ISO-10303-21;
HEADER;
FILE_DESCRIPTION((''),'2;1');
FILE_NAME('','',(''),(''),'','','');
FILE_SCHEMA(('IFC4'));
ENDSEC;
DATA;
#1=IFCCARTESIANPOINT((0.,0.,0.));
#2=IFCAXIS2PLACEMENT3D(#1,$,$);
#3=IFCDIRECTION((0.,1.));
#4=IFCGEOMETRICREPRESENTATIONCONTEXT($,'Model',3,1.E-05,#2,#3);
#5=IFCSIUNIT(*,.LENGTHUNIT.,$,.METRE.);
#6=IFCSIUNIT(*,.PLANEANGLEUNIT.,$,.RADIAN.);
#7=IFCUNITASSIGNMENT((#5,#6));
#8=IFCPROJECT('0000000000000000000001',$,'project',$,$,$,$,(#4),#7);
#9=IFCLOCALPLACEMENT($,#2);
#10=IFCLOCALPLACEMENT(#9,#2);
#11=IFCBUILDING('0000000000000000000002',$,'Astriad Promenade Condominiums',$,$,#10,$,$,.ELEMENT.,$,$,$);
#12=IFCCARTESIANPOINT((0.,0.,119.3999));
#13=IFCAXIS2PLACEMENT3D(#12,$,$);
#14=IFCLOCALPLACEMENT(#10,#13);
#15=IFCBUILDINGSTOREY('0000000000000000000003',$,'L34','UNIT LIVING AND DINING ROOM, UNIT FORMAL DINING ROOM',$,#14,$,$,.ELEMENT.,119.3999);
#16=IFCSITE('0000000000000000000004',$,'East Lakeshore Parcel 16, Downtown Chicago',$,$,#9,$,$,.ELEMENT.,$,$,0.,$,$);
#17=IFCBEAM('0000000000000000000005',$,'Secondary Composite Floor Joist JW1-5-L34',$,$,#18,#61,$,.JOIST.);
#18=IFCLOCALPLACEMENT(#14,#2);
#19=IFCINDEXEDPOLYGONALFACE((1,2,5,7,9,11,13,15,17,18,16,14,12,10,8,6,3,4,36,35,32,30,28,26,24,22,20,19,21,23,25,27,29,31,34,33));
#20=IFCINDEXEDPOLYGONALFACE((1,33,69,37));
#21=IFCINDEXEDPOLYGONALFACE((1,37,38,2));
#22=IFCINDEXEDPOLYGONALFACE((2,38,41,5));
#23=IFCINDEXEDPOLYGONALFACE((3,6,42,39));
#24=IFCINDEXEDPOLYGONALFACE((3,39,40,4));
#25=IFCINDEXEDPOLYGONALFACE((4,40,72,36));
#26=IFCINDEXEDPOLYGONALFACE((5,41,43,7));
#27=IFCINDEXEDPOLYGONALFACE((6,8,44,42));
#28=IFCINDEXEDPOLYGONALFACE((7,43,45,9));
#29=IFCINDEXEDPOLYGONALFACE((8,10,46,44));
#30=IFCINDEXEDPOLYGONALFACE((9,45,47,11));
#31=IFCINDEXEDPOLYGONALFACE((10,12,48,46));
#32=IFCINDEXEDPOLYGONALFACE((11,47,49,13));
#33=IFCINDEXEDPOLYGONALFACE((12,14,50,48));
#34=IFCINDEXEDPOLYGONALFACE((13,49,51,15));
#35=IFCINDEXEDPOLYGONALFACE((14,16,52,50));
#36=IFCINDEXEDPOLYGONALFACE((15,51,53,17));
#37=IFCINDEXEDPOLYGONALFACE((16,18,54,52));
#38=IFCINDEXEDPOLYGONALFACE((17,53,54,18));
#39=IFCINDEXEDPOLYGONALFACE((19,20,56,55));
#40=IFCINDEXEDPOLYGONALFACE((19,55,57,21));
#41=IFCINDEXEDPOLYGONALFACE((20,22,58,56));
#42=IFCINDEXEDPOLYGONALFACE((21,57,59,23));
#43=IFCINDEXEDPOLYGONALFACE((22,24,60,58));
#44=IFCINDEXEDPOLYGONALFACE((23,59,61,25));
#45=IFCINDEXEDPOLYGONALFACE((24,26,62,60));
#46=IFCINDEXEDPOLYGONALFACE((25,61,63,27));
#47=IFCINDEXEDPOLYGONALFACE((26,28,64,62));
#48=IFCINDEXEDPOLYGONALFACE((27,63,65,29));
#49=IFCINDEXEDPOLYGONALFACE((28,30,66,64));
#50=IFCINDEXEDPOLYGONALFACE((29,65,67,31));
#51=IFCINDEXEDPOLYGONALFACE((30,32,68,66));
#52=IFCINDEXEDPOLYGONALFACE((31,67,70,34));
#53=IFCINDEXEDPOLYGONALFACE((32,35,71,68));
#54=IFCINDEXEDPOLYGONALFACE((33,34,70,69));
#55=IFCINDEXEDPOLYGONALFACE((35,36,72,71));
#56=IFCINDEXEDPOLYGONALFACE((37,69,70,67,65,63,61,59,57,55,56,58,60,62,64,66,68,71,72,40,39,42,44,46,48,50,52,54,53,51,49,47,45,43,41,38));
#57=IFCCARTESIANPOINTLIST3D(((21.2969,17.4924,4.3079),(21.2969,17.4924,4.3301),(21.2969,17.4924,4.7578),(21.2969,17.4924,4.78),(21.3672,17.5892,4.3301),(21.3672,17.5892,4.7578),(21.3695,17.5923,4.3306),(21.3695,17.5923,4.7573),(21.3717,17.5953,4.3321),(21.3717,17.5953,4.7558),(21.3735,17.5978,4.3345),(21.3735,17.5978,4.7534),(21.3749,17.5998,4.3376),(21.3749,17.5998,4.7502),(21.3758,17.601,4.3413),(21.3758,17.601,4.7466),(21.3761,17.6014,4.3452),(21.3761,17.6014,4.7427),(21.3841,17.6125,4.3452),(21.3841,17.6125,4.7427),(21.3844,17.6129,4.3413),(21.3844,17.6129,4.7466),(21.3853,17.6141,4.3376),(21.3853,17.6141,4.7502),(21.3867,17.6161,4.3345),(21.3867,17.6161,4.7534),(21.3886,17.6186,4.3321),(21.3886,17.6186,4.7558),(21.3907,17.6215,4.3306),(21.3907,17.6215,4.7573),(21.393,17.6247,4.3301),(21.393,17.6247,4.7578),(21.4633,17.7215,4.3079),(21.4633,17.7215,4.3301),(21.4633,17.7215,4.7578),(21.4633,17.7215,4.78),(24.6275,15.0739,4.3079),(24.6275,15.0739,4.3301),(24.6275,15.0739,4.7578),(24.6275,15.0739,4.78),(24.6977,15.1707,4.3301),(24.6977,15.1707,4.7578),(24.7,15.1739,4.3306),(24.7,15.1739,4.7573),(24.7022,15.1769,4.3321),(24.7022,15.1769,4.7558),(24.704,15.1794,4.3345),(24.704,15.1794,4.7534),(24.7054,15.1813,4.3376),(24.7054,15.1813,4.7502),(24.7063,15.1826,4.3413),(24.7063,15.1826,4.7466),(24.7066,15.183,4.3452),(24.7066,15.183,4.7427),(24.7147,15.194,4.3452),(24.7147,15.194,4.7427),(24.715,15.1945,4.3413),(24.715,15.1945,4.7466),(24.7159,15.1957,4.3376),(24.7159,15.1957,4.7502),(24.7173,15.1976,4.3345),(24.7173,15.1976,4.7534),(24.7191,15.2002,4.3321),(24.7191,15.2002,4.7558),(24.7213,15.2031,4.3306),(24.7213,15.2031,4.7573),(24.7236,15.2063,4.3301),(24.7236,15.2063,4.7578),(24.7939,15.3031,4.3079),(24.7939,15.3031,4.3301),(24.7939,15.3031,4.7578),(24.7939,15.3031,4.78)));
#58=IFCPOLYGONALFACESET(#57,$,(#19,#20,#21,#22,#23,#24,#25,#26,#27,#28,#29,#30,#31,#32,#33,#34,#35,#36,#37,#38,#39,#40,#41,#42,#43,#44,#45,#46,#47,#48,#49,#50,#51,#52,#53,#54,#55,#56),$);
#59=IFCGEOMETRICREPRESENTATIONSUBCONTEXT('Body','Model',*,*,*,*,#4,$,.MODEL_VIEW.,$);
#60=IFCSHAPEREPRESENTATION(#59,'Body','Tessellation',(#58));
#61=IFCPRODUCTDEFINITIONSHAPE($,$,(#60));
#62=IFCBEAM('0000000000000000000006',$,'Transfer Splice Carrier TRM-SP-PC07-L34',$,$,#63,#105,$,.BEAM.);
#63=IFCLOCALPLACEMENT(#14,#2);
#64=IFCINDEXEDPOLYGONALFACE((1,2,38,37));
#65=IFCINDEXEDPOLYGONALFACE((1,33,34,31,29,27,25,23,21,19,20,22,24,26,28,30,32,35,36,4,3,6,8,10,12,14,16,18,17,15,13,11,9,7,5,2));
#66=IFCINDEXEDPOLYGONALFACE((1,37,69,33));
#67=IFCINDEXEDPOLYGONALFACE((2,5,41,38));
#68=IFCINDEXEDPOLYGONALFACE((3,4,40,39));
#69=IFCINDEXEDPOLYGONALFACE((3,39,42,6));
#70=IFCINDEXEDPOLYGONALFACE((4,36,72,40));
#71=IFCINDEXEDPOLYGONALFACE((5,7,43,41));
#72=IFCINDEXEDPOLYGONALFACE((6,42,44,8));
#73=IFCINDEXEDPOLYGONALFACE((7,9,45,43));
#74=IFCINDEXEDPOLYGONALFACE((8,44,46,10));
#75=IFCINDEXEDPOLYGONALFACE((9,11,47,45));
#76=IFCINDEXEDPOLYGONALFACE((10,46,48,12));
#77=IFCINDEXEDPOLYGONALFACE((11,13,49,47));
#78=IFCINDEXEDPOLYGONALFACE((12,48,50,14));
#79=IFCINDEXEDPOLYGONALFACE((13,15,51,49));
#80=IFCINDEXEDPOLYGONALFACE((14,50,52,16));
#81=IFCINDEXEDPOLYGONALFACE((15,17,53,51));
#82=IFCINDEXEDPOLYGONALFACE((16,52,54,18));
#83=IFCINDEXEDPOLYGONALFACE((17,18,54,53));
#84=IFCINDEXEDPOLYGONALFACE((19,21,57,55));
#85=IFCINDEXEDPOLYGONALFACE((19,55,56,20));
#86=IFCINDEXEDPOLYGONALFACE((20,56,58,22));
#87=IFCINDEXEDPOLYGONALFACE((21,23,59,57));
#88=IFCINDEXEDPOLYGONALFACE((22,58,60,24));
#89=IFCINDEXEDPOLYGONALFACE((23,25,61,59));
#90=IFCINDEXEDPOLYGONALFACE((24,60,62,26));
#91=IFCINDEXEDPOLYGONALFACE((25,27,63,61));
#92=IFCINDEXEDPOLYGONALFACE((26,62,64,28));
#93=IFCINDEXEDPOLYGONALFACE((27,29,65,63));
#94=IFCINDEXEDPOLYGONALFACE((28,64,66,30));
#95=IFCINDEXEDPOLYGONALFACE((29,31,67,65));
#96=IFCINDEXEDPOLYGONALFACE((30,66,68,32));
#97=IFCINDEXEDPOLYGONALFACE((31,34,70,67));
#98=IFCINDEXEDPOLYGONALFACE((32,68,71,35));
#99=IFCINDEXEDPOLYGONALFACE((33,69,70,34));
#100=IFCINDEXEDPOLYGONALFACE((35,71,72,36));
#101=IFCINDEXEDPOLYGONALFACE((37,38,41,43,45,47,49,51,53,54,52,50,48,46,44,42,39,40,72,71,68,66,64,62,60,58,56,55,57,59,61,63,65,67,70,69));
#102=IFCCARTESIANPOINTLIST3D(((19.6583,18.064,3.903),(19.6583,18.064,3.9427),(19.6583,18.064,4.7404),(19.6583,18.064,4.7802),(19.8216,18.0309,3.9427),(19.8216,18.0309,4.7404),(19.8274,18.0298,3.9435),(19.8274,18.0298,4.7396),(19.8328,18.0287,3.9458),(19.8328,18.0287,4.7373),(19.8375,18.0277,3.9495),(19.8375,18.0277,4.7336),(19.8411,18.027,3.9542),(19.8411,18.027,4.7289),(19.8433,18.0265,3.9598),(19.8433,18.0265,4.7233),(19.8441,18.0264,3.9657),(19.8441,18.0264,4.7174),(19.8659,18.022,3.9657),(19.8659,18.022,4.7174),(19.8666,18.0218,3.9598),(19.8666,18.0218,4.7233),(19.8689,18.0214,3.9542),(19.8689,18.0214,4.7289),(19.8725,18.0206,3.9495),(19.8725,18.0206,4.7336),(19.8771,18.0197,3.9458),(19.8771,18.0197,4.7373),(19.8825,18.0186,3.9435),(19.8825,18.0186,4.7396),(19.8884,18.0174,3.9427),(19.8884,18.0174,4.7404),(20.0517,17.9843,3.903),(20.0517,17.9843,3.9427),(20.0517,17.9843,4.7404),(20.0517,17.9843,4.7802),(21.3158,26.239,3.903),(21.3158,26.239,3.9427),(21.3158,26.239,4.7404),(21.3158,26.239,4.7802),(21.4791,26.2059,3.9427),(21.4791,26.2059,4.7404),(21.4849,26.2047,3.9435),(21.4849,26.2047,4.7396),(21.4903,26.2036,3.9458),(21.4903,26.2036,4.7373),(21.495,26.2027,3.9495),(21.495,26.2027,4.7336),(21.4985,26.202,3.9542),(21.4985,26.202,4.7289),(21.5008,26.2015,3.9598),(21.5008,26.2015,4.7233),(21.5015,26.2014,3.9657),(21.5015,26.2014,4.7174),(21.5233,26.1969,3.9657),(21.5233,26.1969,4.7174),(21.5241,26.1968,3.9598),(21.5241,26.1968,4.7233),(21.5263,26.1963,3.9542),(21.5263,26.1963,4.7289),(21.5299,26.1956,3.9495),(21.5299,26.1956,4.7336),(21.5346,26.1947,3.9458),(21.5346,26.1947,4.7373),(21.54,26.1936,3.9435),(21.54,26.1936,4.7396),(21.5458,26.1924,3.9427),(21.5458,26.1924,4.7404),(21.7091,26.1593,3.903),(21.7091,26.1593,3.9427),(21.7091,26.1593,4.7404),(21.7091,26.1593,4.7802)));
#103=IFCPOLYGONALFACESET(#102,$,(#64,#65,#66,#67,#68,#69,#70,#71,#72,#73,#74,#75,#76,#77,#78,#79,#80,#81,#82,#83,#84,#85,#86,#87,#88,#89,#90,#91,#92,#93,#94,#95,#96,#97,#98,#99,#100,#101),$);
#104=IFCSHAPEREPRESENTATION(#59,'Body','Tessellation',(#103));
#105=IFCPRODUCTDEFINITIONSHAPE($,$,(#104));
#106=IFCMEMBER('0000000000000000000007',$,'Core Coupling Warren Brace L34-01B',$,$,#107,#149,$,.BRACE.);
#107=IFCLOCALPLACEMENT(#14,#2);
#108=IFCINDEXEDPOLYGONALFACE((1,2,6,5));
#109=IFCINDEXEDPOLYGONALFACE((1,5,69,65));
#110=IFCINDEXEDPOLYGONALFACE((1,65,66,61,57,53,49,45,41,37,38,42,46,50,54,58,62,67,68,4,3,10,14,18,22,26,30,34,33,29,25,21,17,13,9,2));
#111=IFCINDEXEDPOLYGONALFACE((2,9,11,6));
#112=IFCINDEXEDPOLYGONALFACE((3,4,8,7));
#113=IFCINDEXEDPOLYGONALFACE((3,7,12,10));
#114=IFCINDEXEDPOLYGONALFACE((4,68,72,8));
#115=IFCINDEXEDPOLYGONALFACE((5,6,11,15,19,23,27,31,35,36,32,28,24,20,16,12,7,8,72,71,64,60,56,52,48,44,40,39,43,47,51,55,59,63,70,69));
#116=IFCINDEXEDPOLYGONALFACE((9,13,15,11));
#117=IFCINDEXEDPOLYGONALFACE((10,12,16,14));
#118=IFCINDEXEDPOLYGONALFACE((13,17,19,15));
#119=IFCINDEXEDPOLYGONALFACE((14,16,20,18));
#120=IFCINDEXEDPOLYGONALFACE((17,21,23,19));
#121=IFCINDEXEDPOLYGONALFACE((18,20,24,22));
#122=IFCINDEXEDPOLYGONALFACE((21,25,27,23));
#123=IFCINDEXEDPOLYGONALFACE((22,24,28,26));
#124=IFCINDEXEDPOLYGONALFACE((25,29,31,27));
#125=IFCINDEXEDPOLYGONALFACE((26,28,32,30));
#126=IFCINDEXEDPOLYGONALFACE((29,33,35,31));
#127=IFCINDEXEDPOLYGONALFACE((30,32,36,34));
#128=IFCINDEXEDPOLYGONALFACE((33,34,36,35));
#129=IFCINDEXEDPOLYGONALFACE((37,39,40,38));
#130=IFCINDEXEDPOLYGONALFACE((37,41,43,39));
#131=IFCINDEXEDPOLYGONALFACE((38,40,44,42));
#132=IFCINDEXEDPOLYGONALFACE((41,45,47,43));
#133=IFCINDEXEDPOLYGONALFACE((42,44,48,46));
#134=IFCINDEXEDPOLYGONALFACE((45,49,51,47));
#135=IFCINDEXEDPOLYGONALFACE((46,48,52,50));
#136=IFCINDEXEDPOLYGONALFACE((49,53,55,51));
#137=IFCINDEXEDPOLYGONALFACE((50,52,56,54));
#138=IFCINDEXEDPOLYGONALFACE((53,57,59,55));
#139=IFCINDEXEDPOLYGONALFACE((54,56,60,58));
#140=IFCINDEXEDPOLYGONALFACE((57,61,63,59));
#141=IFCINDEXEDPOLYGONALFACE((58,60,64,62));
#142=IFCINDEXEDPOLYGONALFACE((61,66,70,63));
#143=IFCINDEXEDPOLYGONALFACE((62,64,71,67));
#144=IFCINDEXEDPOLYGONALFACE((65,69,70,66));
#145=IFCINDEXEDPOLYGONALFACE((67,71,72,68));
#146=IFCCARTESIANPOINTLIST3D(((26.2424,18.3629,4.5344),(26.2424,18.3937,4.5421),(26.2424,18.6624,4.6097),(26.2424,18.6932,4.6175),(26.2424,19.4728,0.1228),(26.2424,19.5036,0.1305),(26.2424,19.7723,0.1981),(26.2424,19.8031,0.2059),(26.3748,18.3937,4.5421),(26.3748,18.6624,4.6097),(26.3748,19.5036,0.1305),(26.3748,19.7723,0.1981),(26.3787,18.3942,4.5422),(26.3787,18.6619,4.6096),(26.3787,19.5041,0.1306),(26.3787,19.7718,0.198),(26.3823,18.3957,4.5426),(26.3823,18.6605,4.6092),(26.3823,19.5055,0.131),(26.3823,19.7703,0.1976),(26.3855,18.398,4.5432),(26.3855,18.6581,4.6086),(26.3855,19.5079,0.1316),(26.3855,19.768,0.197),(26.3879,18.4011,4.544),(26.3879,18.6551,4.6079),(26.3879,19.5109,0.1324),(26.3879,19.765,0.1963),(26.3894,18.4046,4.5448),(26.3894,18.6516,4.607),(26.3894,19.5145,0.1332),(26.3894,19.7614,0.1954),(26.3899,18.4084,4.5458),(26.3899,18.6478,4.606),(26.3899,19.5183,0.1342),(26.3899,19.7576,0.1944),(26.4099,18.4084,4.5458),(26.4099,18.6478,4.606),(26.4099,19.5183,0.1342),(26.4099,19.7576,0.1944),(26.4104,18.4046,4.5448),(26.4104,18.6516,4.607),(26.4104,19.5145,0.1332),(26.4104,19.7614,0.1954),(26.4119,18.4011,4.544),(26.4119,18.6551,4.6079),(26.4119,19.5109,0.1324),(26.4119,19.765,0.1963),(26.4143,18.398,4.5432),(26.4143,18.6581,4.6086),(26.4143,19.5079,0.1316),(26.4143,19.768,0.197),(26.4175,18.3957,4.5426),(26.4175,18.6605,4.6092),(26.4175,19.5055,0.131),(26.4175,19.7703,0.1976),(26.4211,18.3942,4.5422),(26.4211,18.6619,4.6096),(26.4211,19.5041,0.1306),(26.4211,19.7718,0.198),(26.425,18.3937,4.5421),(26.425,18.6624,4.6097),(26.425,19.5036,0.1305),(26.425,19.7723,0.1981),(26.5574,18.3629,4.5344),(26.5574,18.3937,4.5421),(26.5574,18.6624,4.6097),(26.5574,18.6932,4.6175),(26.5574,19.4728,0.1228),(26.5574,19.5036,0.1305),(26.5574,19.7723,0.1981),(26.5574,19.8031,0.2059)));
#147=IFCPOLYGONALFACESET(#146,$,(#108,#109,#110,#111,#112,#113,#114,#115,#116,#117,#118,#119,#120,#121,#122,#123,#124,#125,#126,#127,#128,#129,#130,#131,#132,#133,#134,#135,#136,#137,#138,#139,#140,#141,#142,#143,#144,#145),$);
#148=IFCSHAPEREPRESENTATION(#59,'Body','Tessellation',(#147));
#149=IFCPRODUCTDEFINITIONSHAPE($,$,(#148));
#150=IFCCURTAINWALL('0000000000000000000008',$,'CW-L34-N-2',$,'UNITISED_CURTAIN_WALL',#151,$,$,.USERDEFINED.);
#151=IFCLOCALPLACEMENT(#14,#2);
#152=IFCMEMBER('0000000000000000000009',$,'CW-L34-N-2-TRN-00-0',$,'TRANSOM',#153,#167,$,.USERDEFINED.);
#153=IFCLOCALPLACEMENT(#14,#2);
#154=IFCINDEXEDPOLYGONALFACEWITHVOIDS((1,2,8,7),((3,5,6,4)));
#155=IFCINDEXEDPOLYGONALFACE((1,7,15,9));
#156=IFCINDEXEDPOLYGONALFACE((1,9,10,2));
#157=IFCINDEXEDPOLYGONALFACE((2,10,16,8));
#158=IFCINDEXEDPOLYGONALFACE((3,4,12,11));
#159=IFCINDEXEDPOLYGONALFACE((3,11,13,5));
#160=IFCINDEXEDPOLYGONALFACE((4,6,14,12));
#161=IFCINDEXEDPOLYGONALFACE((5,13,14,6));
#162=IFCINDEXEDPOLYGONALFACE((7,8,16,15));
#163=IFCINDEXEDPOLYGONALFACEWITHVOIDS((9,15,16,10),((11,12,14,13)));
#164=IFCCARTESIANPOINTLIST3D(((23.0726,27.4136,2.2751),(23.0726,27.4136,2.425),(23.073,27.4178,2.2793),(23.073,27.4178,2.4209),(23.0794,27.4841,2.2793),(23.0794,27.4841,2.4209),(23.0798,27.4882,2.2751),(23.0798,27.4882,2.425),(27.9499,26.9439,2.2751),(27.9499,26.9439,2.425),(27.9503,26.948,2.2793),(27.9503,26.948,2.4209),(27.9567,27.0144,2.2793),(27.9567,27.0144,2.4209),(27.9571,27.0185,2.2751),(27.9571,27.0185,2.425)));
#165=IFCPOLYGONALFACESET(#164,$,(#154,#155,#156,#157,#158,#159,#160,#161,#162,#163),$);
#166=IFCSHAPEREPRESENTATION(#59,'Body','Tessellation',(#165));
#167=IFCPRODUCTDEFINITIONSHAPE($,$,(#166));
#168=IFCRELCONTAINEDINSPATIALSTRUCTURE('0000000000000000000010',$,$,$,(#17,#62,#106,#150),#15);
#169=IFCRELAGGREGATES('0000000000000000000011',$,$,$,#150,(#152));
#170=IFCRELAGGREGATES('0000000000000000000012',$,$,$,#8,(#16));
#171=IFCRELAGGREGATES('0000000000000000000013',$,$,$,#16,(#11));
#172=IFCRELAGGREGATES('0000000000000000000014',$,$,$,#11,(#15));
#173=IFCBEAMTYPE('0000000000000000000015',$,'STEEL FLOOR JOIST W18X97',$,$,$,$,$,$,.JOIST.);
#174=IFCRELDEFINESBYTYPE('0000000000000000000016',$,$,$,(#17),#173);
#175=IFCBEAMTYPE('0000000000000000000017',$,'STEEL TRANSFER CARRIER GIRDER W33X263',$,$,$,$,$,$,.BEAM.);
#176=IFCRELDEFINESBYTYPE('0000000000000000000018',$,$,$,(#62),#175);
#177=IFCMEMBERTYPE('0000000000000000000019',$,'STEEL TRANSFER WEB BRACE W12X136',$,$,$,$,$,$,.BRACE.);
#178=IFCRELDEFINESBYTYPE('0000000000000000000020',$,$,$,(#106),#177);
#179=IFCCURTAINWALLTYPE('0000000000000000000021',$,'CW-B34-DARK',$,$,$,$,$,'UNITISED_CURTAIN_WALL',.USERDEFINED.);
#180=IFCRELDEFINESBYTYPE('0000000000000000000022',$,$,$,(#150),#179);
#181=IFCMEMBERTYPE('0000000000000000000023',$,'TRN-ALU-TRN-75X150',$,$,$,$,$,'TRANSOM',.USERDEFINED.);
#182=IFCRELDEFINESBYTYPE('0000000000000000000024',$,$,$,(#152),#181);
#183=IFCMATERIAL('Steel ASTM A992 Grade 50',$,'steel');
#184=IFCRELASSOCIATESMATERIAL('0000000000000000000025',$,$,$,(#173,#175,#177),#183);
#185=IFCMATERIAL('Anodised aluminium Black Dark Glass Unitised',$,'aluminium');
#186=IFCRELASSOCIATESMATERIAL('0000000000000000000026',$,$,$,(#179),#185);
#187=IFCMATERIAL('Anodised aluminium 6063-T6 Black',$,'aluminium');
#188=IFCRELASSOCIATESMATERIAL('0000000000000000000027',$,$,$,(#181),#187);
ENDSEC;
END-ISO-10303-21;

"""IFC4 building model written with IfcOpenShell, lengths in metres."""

from ifc_helpers import new_model, si_unit, direction, frame, origin, origin_2d, place, context, subcontext, project, spatial, hollow_rectangle, i_section, extrude, source, transform, mapped, material, material_profile, profile_set, type_object, type_shapes, element, aggregate, save


model = new_model("IFC4")

# Units and contexts
model_context = context("Model", 3, precision=1e-05, world=origin(), true_north=direction((0.0, 1.0)))
body_context = subcontext(model_context, "Body", "Model", "MODEL_VIEW")
ifc_project = project(units=[si_unit("LENGTHUNIT", "METRE"), si_unit("PLANEANGLEUNIT", "RADIAN")], contexts=[model_context])

# Site, building, storey
site_placement = place(None, origin())
site = spatial("IfcSite", under=ifc_project, at=site_placement, Name="East Lakeshore Parcel 16, Downtown Chicago", CompositionType="ELEMENT", RefElevation=0.0)
building_placement = place(site_placement, origin())
building = spatial("IfcBuilding", under=site, at=building_placement, Name="Astriad Promenade Condominiums", CompositionType="ELEMENT")
storey_placement = place(building_placement, frame((0.0, 0.0, 119.3999)))
storey = spatial("IfcBuildingStorey", under=building, at=storey_placement, Name="L34", Description="UNIT LIVING AND DINING ROOM, UNIT FORMAL DINING ROOM", CompositionType="ELEMENT", Elevation=119.3999)

# Shared definitions
ifc_material_1 = material(Name="Steel ASTM A992 Grade 50", Category="steel")

# Beams
ifc_material_profile_1 = material_profile(ifc_material_1, i_section(OverallWidth=0.2832, OverallDepth=0.4722, WebThickness=0.0137, FlangeThickness=0.0222, FilletRadius=0.0151, at=origin_2d()), Name="W18X97")
ifc_profile_set_1 = profile_set([ifc_material_profile_1], Name="Steel ASTM A992 Grade 50")
beam_type_1 = type_object("IfcBeamType", Name="STEEL FLOOR JOIST W18X97", PredefinedType="JOIST", material=ifc_profile_set_1)
shared_shape_1 = source(origin(), body_context, "Body", "SweptSolid", [
    extrude(i_section(OverallWidth=0.2832, OverallDepth=0.4722, WebThickness=0.0137, FlangeThickness=0.0222, FilletRadius=0.0151, at=origin_2d()), origin(), (0.0, 0.0, 1.0), 4.116),
])
type_shapes(beam_type_1, [shared_shape_1])
beam_1_placement = place(storey_placement, frame((21.3801, 17.6069, 4.5439), z_axis=(0.809172, -0.587572, 0.0), x_axis=(0.587572, 0.809172, 0.0)))
element("IfcBeam", 1, at=beam_1_placement, inside=storey, type_object=beam_type_1, Name="Secondary Composite Floor Joist JW1-5-L34", PredefinedType="JOIST", context=body_context, shape_type="MappedRepresentation", body=[
    mapped(shared_shape_1, transform((0.0, 0.0, 0.0), scale=1.0)),
])
ifc_material_profile_2 = material_profile(ifc_material_1, i_section(OverallWidth=0.4014, OverallDepth=0.8772, WebThickness=0.0222, FlangeThickness=0.0398, FilletRadius=0.0229, at=origin_2d()), Name="W33X263")
ifc_profile_set_2 = profile_set([ifc_material_profile_2], Name="Steel ASTM A992 Grade 50")
beam_type_2 = type_object("IfcBeamType", Name="STEEL TRANSFER CARRIER GIRDER W33X263", PredefinedType="BEAM", material=ifc_profile_set_2)
shared_shape_2 = source(origin(), body_context, "Body", "SweptSolid", [
    extrude(i_section(OverallWidth=0.4014, OverallDepth=0.8772, WebThickness=0.0222, FlangeThickness=0.0398, FilletRadius=0.0229, at=origin_2d()), origin(), (0.0, 0.0, 1.0), 8.3413),
])
type_shapes(beam_type_2, [shared_shape_2])
beam_2_placement = place(storey_placement, frame((19.855, 18.0242, 4.3416), z_axis=(0.198705, 0.980059, 0.0), x_axis=(-0.980059, 0.198705, 0.0)))
element("IfcBeam", 2, at=beam_2_placement, inside=storey, type_object=beam_type_2, Name="Transfer Splice Carrier TRM-SP-PC07-L34", PredefinedType="BEAM", context=body_context, shape_type="MappedRepresentation", body=[
    mapped(shared_shape_2, transform((0.0, 0.0, 0.0), scale=1.0)),
])

# Member
ifc_material_profile_3 = material_profile(ifc_material_1, i_section(OverallWidth=0.3149, OverallDepth=0.3406, WebThickness=0.02, FlangeThickness=0.0317, FilletRadius=0.0151, at=origin_2d()), Name="W12X136")
ifc_profile_set_3 = profile_set([ifc_material_profile_3], Name="Steel ASTM A992 Grade 50")
member_type_1 = type_object("IfcMemberType", Name="STEEL TRANSFER WEB BRACE W12X136", PredefinedType="BRACE", material=ifc_profile_set_3)
shared_shape_3 = source(origin(), body_context, "Body", "SweptSolid", [
    extrude(i_section(OverallWidth=0.3149, OverallDepth=0.3406, WebThickness=0.02, FlangeThickness=0.0317, FilletRadius=0.0151, at=origin_2d()), origin(), (0.0, 0.0, 1.0), 4.5491),
])
type_shapes(member_type_1, [shared_shape_3])
member_1_placement = place(storey_placement, frame((26.3999, 19.6379, 0.1643), z_axis=(0.0, -0.243975, 0.969782), x_axis=(1.0, 0.0, 0.0)))
element("IfcMember", 3, at=member_1_placement, inside=storey, type_object=member_type_1, Name="Core Coupling Warren Brace L34-01B", PredefinedType="BRACE", context=body_context, shape_type="MappedRepresentation", body=[
    mapped(shared_shape_3, transform((0.0, 0.0, 0.0), scale=1.0)),
])

# Curtain wall, member
ifc_material_2 = material(Name="Anodised aluminium Black Dark Glass Unitised", Category="aluminium")
curtain_wall_type = type_object("IfcCurtainWallType", Name="CW-B34-DARK", ElementType="UNITISED_CURTAIN_WALL", PredefinedType="USERDEFINED", material=ifc_material_2)
curtain_wall_1_placement = place(storey_placement, origin())
curtain_wall_1 = element("IfcCurtainWall", 4, at=curtain_wall_1_placement, inside=storey, type_object=curtain_wall_type, Name="CW-L34-N-2", ObjectType="UNITISED_CURTAIN_WALL", PredefinedType="USERDEFINED")
ifc_material_3 = material(Name="Anodised aluminium 6063-T6 Black", Category="aluminium")
ifc_material_profile_4 = material_profile(ifc_material_3, hollow_rectangle(XDim=0.075, YDim=0.1499, WallThickness=0.0042, at=origin_2d()), Name="ALU-TRN-75X150")
ifc_profile_set_4 = profile_set([ifc_material_profile_4], Name="Anodised aluminium 6063-T6 Black")
member_type_2 = type_object("IfcMemberType", Name="TRN-ALU-TRN-75X150", ElementType="TRANSOM", PredefinedType="USERDEFINED", material=ifc_profile_set_4)
shared_shape_4 = source(origin(), body_context, "Body", "SweptSolid", [
    extrude(hollow_rectangle(XDim=0.075, YDim=0.1499, WallThickness=0.0042, at=origin_2d()), origin(), (0.0, 0.0, 1.0), 4.8999),
])
type_shapes(member_type_2, [shared_shape_4])
member_2_placement = place(storey_placement, frame((23.0762, 27.4509, 2.3501), z_axis=(0.995395, -0.095862, 0.0), x_axis=(0.095862, 0.995395, 0.0)))
member_2 = element("IfcMember", 5, at=member_2_placement, type_object=member_type_2, Name="CW-L34-N-2-TRN-00-0", ObjectType="TRANSOM", PredefinedType="USERDEFINED", context=body_context, shape_type="MappedRepresentation", body=[
    mapped(shared_shape_4, transform((0.0, 0.0, 0.0), scale=1.0)),
])

aggregate(curtain_wall_1, [member_2])

save(model, "model.ifc")
